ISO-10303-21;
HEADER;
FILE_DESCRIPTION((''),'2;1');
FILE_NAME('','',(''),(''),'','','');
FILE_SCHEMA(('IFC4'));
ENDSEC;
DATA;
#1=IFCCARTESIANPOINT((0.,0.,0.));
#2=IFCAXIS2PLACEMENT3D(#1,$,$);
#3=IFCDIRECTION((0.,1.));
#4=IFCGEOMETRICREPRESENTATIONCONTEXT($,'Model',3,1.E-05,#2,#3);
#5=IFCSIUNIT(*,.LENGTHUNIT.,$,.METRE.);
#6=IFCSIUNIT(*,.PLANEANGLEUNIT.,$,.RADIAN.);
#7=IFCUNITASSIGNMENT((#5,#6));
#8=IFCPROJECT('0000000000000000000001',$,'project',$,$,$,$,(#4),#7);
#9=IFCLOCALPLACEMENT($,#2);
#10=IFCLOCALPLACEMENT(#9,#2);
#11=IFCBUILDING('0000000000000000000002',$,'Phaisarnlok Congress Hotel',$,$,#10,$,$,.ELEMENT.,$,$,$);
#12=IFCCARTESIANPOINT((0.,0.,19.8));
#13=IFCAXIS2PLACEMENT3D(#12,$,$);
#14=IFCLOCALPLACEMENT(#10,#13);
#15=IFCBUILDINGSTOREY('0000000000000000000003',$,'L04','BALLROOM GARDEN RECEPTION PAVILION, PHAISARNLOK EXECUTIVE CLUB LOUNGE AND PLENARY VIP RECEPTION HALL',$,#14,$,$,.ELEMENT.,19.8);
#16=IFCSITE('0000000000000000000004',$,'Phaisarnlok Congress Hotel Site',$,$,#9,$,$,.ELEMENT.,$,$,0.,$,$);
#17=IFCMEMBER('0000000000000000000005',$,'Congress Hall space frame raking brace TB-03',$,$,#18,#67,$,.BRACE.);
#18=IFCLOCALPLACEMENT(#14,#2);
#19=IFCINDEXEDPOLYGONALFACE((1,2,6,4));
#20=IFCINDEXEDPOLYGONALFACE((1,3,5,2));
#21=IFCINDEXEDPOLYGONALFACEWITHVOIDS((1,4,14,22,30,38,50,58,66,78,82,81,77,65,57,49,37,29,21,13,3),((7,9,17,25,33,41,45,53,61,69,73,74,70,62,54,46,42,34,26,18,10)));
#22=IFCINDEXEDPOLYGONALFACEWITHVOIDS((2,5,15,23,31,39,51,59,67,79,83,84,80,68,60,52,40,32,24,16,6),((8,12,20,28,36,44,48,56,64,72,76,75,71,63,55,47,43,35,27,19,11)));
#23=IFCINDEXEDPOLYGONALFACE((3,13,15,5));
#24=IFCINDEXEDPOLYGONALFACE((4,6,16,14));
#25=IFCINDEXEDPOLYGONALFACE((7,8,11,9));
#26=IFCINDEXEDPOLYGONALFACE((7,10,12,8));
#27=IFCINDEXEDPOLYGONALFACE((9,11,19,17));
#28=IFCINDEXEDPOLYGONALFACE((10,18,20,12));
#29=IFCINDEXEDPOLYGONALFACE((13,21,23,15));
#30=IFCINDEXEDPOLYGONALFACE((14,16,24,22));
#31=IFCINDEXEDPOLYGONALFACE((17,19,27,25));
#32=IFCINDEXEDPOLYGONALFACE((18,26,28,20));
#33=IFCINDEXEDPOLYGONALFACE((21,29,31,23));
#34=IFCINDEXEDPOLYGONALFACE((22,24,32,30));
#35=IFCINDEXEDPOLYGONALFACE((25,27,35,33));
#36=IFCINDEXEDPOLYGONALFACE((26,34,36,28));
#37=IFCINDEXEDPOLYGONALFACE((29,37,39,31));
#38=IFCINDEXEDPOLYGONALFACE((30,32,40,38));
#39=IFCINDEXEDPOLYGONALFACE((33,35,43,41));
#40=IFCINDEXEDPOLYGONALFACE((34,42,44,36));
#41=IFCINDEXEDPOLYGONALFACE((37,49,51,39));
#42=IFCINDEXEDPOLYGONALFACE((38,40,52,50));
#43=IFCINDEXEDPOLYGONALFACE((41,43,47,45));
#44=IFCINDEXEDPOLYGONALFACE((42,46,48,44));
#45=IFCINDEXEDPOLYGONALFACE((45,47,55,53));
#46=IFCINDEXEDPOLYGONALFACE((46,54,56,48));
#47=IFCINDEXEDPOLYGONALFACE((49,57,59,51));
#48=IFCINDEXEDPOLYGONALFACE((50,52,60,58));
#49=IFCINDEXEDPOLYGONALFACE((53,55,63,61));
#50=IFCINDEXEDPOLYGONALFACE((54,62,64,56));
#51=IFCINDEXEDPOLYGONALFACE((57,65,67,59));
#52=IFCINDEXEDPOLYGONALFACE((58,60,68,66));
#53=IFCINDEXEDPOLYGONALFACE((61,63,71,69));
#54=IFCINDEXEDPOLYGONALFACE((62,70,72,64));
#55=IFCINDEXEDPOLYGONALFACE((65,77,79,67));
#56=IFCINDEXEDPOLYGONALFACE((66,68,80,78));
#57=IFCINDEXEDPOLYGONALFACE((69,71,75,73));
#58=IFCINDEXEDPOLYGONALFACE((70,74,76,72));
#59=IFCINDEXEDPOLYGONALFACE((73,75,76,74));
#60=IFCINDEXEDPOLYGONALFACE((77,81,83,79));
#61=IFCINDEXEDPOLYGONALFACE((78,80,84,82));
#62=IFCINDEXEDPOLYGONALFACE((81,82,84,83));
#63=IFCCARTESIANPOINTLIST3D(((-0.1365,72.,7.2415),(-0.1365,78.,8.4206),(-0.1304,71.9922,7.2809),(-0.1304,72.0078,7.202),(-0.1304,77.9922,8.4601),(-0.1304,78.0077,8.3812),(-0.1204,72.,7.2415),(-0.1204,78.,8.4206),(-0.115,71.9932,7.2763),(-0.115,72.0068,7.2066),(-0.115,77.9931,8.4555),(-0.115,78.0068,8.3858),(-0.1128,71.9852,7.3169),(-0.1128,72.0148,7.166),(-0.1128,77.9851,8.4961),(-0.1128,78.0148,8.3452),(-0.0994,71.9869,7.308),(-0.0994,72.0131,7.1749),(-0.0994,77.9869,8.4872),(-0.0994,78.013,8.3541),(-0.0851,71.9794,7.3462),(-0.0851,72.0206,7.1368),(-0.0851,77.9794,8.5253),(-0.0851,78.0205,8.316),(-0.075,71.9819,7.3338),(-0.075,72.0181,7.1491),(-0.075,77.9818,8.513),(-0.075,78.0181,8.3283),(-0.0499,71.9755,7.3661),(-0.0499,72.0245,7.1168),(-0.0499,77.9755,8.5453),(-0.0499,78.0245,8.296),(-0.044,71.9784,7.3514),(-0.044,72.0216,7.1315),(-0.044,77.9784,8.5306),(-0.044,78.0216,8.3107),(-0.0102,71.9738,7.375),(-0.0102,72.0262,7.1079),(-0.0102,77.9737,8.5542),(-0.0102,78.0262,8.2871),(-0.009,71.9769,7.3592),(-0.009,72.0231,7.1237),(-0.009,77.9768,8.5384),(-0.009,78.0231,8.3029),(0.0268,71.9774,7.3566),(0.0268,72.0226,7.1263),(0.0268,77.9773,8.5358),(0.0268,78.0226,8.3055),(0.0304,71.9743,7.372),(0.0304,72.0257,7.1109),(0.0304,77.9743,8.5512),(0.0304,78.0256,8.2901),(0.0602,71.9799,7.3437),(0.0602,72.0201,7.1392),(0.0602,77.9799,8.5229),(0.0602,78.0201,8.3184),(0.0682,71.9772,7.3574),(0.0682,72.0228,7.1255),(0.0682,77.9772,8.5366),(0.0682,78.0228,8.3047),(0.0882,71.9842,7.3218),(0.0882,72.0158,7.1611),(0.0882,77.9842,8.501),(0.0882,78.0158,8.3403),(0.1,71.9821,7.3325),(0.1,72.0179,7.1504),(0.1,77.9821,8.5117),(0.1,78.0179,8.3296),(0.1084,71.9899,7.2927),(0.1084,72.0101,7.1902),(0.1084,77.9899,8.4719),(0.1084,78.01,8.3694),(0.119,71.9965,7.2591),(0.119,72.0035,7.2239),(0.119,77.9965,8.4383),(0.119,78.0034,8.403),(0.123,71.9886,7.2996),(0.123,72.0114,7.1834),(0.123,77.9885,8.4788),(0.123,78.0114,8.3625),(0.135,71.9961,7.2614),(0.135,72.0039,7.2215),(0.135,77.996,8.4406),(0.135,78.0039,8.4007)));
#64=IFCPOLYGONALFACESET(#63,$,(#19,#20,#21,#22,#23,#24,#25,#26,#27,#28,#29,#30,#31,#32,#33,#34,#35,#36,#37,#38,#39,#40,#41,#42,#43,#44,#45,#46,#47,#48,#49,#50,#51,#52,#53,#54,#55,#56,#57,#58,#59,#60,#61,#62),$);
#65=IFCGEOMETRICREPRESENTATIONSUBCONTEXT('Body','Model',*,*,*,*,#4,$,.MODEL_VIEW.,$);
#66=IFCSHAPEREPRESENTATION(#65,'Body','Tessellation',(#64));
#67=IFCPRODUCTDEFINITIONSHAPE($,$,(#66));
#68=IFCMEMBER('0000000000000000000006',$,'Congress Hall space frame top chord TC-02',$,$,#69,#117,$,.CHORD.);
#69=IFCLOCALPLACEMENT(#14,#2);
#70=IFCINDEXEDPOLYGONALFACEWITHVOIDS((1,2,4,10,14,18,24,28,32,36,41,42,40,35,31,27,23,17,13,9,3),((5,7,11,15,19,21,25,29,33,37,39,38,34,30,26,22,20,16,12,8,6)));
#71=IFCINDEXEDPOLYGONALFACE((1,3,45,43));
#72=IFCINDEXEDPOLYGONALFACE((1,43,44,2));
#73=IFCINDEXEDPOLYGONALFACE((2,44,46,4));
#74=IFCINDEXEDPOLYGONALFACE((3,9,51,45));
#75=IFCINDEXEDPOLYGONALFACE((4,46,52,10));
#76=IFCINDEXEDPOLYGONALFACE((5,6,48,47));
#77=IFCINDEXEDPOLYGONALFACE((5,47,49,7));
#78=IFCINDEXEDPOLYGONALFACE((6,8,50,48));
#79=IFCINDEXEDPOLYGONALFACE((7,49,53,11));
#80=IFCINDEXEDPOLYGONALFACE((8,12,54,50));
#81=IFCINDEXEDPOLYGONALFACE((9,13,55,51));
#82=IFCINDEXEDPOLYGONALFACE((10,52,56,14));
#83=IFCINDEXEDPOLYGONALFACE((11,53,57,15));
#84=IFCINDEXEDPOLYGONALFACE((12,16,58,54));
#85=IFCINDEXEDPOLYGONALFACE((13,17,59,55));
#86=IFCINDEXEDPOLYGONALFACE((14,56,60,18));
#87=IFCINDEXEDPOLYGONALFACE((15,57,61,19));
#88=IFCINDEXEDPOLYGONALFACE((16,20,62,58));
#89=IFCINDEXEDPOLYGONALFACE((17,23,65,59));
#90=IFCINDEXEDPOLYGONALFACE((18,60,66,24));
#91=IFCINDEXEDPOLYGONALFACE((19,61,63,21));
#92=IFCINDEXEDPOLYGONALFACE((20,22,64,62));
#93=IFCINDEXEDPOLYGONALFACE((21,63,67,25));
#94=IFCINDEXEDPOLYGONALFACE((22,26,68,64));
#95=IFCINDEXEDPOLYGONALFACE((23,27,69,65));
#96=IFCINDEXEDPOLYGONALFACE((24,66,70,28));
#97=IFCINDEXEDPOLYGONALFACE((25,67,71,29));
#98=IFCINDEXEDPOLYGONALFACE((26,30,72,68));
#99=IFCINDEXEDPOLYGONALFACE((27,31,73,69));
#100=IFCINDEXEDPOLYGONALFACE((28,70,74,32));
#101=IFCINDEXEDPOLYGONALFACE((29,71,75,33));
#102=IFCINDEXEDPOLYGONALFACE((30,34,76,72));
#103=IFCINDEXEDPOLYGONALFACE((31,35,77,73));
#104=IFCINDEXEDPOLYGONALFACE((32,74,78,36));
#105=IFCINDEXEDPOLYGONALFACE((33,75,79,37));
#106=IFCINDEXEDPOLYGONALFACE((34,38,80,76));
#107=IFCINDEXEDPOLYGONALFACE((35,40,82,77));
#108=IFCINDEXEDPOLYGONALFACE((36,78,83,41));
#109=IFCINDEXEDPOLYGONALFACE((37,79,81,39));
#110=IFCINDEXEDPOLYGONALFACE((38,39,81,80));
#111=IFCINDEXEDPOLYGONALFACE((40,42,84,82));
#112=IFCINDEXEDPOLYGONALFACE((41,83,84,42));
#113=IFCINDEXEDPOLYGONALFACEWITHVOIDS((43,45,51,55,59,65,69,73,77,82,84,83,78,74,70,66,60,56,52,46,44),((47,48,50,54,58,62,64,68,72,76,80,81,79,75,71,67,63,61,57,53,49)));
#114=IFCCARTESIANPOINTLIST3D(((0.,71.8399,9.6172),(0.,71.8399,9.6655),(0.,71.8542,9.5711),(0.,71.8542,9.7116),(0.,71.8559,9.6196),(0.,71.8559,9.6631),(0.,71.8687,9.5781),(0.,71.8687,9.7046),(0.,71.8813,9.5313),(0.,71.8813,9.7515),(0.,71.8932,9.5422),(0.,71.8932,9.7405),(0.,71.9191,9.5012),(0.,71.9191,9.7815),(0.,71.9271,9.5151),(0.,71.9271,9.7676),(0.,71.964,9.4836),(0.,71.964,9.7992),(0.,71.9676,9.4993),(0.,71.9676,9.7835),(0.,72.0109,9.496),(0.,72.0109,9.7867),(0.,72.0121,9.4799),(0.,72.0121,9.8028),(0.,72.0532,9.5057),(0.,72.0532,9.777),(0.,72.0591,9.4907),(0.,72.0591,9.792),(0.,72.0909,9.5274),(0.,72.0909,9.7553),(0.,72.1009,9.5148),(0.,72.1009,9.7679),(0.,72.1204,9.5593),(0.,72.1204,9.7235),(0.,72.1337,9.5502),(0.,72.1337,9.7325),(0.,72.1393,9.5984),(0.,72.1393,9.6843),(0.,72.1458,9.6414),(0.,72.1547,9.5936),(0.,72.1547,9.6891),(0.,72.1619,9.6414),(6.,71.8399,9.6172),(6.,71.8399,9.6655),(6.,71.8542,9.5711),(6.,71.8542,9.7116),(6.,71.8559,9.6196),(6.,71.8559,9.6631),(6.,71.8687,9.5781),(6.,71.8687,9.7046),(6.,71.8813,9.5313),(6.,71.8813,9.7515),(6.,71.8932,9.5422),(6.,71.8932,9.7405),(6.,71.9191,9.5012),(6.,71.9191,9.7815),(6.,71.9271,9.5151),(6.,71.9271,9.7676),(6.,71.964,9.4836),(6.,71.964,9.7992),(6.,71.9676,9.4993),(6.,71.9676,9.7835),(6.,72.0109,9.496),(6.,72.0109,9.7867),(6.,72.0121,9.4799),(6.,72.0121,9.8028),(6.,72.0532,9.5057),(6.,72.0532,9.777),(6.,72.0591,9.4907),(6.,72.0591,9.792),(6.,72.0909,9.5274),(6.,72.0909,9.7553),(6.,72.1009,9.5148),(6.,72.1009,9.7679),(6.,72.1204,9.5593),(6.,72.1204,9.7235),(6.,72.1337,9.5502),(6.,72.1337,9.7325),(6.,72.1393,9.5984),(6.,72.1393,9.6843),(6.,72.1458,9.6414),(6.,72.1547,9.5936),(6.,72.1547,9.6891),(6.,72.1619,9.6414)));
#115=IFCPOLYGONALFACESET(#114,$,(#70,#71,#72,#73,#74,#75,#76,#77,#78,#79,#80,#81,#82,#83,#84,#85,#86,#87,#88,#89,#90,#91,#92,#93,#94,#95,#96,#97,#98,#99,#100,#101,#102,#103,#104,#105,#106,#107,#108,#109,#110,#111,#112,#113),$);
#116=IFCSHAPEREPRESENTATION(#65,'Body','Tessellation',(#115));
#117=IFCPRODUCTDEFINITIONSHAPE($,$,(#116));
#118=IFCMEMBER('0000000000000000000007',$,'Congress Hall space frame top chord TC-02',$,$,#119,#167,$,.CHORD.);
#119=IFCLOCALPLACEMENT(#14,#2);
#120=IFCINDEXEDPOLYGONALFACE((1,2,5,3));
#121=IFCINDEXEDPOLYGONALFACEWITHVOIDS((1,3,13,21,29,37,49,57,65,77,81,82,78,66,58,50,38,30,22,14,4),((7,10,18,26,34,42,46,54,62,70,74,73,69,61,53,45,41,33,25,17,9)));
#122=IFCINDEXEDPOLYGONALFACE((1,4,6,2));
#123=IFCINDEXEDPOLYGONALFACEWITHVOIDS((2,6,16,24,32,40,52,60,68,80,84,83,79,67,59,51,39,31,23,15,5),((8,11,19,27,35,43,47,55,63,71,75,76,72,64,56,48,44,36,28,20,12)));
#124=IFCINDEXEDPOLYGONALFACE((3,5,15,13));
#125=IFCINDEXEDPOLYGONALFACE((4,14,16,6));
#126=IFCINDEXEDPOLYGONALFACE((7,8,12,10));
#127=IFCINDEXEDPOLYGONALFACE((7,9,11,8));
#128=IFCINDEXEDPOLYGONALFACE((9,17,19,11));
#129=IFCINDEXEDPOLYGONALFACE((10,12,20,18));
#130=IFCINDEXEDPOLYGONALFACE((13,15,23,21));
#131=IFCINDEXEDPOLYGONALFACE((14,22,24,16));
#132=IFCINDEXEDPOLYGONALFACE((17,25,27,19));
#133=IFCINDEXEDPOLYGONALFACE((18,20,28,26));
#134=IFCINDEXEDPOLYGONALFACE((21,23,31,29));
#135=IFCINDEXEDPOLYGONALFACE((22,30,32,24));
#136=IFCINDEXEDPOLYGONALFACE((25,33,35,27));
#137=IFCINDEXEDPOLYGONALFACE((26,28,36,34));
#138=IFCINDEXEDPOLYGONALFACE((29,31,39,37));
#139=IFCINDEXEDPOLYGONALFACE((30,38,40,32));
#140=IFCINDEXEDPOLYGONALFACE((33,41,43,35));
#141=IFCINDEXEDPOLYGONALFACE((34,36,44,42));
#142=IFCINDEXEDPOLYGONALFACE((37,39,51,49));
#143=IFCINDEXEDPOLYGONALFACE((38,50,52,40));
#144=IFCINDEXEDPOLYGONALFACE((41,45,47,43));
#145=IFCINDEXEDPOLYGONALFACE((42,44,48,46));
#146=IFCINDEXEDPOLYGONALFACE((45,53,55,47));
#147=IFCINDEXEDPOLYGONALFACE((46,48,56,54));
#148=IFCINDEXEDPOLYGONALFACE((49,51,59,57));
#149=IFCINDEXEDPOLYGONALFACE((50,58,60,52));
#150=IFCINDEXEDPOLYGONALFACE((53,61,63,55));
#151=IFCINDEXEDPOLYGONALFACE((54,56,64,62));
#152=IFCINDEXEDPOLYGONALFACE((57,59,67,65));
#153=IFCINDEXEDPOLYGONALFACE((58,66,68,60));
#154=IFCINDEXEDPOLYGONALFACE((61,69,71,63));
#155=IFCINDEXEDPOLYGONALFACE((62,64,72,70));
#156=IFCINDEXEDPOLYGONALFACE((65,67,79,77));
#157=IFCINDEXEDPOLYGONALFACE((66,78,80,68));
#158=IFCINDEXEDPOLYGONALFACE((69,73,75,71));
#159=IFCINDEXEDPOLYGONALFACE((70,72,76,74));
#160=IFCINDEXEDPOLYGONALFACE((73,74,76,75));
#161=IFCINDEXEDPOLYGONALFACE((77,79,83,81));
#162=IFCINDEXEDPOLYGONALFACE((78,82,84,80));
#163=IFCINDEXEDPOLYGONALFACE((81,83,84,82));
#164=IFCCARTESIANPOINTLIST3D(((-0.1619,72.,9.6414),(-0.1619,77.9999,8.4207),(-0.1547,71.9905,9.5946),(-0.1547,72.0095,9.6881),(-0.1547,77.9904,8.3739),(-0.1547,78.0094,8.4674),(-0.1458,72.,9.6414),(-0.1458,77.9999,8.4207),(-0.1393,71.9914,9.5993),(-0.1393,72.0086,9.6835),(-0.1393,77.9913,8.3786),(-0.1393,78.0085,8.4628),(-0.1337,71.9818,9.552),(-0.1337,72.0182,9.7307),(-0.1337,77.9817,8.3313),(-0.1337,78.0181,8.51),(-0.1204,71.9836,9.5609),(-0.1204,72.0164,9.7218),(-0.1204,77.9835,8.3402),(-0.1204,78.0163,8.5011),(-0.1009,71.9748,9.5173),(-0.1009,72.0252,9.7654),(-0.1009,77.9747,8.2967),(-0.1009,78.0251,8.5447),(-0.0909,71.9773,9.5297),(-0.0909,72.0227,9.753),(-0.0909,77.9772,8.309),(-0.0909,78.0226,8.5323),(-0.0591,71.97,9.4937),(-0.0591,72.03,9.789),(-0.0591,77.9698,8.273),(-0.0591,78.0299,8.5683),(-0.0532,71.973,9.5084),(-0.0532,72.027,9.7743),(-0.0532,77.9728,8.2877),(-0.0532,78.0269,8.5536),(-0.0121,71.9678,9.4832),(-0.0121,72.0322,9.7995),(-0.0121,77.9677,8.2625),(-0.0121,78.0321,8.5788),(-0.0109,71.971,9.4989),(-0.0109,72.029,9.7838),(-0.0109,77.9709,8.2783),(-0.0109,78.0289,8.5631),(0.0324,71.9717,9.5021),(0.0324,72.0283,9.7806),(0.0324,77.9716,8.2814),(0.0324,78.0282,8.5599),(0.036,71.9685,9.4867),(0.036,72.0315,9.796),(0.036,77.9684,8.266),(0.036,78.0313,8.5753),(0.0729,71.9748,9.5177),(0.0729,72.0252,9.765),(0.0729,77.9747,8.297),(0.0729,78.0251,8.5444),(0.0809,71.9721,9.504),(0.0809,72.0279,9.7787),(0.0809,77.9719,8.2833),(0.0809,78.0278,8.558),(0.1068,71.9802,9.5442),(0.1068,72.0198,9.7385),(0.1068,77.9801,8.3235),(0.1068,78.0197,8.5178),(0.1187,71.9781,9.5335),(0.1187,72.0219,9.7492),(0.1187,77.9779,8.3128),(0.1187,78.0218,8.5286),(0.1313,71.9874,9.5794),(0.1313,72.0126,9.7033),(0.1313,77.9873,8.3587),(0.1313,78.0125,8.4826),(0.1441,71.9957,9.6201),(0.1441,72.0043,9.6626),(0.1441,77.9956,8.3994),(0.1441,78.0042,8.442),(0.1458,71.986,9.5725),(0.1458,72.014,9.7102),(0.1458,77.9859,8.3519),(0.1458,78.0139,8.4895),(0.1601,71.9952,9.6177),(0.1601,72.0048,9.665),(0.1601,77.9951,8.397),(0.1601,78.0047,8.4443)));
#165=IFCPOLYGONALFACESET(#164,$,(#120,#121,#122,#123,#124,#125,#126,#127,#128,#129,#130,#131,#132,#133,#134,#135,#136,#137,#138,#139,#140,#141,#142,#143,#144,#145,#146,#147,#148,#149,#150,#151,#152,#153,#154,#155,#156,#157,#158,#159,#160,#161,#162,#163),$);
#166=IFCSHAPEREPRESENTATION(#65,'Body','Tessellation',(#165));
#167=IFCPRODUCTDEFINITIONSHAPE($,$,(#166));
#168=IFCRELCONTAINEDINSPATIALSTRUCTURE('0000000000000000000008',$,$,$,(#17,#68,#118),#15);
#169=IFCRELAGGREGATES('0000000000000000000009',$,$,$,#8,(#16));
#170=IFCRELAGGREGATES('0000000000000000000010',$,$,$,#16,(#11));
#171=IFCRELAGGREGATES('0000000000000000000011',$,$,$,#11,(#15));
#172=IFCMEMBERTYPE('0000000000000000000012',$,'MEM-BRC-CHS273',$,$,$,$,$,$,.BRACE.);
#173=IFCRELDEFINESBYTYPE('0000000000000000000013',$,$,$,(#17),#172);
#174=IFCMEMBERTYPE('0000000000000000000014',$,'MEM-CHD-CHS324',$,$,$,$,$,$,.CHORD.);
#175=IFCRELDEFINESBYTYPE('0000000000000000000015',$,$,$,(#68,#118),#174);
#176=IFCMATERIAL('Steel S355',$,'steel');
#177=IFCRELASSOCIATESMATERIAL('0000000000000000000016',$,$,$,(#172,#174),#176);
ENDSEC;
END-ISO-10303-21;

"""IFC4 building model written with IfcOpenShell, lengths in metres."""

from ifc_helpers import new_model, si_unit, direction, frame, origin, origin_2d, place, context, subcontext, project, spatial, hollow_circle, extrude, material, material_profile, profile_set, type_object, element, save


model = new_model("IFC4")

# Units and contexts
model_context = context("Model", 3, precision=1e-05, world=origin(), true_north=direction((0.0, 1.0)))
body_context = subcontext(model_context, "Body", "Model", "MODEL_VIEW")
ifc_project = project(units=[si_unit("LENGTHUNIT", "METRE"), si_unit("PLANEANGLEUNIT", "RADIAN")], contexts=[model_context])

# Site, building, storey
site_placement = place(None, origin())
site = spatial("IfcSite", under=ifc_project, at=site_placement, Name="Phaisarnlok Congress Hotel Site", CompositionType="ELEMENT", RefElevation=0.0)
building_placement = place(site_placement, origin())
building = spatial("IfcBuilding", under=site, at=building_placement, Name="Phaisarnlok Congress Hotel", CompositionType="ELEMENT")
storey_placement = place(building_placement, frame((0.0, 0.0, 19.8)))
storey = spatial("IfcBuildingStorey", under=building, at=storey_placement, Name="L04", Description="BALLROOM GARDEN RECEPTION PAVILION, PHAISARNLOK EXECUTIVE CLUB LOUNGE AND PLENARY VIP RECEPTION HALL", CompositionType="ELEMENT", Elevation=19.8)

# Shared definitions
ifc_material_1 = material(Name="Steel S355", Category="steel")

# Members
ifc_material_profile_1 = material_profile(ifc_material_1, hollow_circle(Radius=0.1365, WallThickness=0.0161, at=origin_2d()), Name="CHS 273x16")
ifc_profile_set_1 = profile_set([ifc_material_profile_1], Name="Steel S355")
member_type_1 = type_object("IfcMemberType", Name="MEM-BRC-CHS273", PredefinedType="BRACE", material=ifc_profile_set_1)
member_1_placement = place(storey_placement, frame((0.0, 72.0, 7.2415), z_axis=(0.0, 0.981229, 0.192844), x_axis=(-1.0, 0.0, 0.0)))
element("IfcMember", 1, at=member_1_placement, inside=storey, type_object=member_type_1, Name="Congress Hall space frame raking brace TB-03", PredefinedType="BRACE", context=body_context, shape_type="SweptSolid", body=[
    extrude(hollow_circle(Radius=0.1365, WallThickness=0.0161, at=origin_2d()), origin(), (0.0, 0.0, 1.0), 6.1147),
])
ifc_material_profile_2 = material_profile(ifc_material_1, hollow_circle(Radius=0.1619, WallThickness=0.0161, at=origin_2d()), Name="CHS 323.9x16")
ifc_profile_set_2 = profile_set([ifc_material_profile_2], Name="Steel S355")
member_type_2 = type_object("IfcMemberType", Name="MEM-CHD-CHS324", PredefinedType="CHORD", material=ifc_profile_set_2)
member_2_placement = place(storey_placement, frame((0.0, 72.0, 9.6414), z_axis=(1.0, 0.0, 0.0), x_axis=(0.0, 1.0, 0.0)))
element("IfcMember", 2, at=member_2_placement, inside=storey, type_object=member_type_2, Name="Congress Hall space frame top chord TC-02", PredefinedType="CHORD", context=body_context, shape_type="SweptSolid", body=[
    extrude(hollow_circle(Radius=0.1619, WallThickness=0.0161, at=origin_2d()), origin(), (0.0, 0.0, 1.0), 6.0),
])
member_3_placement = place(storey_placement, frame((0.0, 72.0, 9.6414), z_axis=(0.0, 0.979925, -0.199366), x_axis=(-1.0, 0.0, 0.0)))
element("IfcMember", 3, at=member_3_placement, inside=storey, type_object=member_type_2, Name="Congress Hall space frame top chord TC-02", PredefinedType="CHORD", context=body_context, shape_type="SweptSolid", body=[
    extrude(hollow_circle(Radius=0.1619, WallThickness=0.0161, at=origin_2d()), origin(), (0.0, 0.0, 1.0), 6.1228),
])

save(model, "model.ifc")
